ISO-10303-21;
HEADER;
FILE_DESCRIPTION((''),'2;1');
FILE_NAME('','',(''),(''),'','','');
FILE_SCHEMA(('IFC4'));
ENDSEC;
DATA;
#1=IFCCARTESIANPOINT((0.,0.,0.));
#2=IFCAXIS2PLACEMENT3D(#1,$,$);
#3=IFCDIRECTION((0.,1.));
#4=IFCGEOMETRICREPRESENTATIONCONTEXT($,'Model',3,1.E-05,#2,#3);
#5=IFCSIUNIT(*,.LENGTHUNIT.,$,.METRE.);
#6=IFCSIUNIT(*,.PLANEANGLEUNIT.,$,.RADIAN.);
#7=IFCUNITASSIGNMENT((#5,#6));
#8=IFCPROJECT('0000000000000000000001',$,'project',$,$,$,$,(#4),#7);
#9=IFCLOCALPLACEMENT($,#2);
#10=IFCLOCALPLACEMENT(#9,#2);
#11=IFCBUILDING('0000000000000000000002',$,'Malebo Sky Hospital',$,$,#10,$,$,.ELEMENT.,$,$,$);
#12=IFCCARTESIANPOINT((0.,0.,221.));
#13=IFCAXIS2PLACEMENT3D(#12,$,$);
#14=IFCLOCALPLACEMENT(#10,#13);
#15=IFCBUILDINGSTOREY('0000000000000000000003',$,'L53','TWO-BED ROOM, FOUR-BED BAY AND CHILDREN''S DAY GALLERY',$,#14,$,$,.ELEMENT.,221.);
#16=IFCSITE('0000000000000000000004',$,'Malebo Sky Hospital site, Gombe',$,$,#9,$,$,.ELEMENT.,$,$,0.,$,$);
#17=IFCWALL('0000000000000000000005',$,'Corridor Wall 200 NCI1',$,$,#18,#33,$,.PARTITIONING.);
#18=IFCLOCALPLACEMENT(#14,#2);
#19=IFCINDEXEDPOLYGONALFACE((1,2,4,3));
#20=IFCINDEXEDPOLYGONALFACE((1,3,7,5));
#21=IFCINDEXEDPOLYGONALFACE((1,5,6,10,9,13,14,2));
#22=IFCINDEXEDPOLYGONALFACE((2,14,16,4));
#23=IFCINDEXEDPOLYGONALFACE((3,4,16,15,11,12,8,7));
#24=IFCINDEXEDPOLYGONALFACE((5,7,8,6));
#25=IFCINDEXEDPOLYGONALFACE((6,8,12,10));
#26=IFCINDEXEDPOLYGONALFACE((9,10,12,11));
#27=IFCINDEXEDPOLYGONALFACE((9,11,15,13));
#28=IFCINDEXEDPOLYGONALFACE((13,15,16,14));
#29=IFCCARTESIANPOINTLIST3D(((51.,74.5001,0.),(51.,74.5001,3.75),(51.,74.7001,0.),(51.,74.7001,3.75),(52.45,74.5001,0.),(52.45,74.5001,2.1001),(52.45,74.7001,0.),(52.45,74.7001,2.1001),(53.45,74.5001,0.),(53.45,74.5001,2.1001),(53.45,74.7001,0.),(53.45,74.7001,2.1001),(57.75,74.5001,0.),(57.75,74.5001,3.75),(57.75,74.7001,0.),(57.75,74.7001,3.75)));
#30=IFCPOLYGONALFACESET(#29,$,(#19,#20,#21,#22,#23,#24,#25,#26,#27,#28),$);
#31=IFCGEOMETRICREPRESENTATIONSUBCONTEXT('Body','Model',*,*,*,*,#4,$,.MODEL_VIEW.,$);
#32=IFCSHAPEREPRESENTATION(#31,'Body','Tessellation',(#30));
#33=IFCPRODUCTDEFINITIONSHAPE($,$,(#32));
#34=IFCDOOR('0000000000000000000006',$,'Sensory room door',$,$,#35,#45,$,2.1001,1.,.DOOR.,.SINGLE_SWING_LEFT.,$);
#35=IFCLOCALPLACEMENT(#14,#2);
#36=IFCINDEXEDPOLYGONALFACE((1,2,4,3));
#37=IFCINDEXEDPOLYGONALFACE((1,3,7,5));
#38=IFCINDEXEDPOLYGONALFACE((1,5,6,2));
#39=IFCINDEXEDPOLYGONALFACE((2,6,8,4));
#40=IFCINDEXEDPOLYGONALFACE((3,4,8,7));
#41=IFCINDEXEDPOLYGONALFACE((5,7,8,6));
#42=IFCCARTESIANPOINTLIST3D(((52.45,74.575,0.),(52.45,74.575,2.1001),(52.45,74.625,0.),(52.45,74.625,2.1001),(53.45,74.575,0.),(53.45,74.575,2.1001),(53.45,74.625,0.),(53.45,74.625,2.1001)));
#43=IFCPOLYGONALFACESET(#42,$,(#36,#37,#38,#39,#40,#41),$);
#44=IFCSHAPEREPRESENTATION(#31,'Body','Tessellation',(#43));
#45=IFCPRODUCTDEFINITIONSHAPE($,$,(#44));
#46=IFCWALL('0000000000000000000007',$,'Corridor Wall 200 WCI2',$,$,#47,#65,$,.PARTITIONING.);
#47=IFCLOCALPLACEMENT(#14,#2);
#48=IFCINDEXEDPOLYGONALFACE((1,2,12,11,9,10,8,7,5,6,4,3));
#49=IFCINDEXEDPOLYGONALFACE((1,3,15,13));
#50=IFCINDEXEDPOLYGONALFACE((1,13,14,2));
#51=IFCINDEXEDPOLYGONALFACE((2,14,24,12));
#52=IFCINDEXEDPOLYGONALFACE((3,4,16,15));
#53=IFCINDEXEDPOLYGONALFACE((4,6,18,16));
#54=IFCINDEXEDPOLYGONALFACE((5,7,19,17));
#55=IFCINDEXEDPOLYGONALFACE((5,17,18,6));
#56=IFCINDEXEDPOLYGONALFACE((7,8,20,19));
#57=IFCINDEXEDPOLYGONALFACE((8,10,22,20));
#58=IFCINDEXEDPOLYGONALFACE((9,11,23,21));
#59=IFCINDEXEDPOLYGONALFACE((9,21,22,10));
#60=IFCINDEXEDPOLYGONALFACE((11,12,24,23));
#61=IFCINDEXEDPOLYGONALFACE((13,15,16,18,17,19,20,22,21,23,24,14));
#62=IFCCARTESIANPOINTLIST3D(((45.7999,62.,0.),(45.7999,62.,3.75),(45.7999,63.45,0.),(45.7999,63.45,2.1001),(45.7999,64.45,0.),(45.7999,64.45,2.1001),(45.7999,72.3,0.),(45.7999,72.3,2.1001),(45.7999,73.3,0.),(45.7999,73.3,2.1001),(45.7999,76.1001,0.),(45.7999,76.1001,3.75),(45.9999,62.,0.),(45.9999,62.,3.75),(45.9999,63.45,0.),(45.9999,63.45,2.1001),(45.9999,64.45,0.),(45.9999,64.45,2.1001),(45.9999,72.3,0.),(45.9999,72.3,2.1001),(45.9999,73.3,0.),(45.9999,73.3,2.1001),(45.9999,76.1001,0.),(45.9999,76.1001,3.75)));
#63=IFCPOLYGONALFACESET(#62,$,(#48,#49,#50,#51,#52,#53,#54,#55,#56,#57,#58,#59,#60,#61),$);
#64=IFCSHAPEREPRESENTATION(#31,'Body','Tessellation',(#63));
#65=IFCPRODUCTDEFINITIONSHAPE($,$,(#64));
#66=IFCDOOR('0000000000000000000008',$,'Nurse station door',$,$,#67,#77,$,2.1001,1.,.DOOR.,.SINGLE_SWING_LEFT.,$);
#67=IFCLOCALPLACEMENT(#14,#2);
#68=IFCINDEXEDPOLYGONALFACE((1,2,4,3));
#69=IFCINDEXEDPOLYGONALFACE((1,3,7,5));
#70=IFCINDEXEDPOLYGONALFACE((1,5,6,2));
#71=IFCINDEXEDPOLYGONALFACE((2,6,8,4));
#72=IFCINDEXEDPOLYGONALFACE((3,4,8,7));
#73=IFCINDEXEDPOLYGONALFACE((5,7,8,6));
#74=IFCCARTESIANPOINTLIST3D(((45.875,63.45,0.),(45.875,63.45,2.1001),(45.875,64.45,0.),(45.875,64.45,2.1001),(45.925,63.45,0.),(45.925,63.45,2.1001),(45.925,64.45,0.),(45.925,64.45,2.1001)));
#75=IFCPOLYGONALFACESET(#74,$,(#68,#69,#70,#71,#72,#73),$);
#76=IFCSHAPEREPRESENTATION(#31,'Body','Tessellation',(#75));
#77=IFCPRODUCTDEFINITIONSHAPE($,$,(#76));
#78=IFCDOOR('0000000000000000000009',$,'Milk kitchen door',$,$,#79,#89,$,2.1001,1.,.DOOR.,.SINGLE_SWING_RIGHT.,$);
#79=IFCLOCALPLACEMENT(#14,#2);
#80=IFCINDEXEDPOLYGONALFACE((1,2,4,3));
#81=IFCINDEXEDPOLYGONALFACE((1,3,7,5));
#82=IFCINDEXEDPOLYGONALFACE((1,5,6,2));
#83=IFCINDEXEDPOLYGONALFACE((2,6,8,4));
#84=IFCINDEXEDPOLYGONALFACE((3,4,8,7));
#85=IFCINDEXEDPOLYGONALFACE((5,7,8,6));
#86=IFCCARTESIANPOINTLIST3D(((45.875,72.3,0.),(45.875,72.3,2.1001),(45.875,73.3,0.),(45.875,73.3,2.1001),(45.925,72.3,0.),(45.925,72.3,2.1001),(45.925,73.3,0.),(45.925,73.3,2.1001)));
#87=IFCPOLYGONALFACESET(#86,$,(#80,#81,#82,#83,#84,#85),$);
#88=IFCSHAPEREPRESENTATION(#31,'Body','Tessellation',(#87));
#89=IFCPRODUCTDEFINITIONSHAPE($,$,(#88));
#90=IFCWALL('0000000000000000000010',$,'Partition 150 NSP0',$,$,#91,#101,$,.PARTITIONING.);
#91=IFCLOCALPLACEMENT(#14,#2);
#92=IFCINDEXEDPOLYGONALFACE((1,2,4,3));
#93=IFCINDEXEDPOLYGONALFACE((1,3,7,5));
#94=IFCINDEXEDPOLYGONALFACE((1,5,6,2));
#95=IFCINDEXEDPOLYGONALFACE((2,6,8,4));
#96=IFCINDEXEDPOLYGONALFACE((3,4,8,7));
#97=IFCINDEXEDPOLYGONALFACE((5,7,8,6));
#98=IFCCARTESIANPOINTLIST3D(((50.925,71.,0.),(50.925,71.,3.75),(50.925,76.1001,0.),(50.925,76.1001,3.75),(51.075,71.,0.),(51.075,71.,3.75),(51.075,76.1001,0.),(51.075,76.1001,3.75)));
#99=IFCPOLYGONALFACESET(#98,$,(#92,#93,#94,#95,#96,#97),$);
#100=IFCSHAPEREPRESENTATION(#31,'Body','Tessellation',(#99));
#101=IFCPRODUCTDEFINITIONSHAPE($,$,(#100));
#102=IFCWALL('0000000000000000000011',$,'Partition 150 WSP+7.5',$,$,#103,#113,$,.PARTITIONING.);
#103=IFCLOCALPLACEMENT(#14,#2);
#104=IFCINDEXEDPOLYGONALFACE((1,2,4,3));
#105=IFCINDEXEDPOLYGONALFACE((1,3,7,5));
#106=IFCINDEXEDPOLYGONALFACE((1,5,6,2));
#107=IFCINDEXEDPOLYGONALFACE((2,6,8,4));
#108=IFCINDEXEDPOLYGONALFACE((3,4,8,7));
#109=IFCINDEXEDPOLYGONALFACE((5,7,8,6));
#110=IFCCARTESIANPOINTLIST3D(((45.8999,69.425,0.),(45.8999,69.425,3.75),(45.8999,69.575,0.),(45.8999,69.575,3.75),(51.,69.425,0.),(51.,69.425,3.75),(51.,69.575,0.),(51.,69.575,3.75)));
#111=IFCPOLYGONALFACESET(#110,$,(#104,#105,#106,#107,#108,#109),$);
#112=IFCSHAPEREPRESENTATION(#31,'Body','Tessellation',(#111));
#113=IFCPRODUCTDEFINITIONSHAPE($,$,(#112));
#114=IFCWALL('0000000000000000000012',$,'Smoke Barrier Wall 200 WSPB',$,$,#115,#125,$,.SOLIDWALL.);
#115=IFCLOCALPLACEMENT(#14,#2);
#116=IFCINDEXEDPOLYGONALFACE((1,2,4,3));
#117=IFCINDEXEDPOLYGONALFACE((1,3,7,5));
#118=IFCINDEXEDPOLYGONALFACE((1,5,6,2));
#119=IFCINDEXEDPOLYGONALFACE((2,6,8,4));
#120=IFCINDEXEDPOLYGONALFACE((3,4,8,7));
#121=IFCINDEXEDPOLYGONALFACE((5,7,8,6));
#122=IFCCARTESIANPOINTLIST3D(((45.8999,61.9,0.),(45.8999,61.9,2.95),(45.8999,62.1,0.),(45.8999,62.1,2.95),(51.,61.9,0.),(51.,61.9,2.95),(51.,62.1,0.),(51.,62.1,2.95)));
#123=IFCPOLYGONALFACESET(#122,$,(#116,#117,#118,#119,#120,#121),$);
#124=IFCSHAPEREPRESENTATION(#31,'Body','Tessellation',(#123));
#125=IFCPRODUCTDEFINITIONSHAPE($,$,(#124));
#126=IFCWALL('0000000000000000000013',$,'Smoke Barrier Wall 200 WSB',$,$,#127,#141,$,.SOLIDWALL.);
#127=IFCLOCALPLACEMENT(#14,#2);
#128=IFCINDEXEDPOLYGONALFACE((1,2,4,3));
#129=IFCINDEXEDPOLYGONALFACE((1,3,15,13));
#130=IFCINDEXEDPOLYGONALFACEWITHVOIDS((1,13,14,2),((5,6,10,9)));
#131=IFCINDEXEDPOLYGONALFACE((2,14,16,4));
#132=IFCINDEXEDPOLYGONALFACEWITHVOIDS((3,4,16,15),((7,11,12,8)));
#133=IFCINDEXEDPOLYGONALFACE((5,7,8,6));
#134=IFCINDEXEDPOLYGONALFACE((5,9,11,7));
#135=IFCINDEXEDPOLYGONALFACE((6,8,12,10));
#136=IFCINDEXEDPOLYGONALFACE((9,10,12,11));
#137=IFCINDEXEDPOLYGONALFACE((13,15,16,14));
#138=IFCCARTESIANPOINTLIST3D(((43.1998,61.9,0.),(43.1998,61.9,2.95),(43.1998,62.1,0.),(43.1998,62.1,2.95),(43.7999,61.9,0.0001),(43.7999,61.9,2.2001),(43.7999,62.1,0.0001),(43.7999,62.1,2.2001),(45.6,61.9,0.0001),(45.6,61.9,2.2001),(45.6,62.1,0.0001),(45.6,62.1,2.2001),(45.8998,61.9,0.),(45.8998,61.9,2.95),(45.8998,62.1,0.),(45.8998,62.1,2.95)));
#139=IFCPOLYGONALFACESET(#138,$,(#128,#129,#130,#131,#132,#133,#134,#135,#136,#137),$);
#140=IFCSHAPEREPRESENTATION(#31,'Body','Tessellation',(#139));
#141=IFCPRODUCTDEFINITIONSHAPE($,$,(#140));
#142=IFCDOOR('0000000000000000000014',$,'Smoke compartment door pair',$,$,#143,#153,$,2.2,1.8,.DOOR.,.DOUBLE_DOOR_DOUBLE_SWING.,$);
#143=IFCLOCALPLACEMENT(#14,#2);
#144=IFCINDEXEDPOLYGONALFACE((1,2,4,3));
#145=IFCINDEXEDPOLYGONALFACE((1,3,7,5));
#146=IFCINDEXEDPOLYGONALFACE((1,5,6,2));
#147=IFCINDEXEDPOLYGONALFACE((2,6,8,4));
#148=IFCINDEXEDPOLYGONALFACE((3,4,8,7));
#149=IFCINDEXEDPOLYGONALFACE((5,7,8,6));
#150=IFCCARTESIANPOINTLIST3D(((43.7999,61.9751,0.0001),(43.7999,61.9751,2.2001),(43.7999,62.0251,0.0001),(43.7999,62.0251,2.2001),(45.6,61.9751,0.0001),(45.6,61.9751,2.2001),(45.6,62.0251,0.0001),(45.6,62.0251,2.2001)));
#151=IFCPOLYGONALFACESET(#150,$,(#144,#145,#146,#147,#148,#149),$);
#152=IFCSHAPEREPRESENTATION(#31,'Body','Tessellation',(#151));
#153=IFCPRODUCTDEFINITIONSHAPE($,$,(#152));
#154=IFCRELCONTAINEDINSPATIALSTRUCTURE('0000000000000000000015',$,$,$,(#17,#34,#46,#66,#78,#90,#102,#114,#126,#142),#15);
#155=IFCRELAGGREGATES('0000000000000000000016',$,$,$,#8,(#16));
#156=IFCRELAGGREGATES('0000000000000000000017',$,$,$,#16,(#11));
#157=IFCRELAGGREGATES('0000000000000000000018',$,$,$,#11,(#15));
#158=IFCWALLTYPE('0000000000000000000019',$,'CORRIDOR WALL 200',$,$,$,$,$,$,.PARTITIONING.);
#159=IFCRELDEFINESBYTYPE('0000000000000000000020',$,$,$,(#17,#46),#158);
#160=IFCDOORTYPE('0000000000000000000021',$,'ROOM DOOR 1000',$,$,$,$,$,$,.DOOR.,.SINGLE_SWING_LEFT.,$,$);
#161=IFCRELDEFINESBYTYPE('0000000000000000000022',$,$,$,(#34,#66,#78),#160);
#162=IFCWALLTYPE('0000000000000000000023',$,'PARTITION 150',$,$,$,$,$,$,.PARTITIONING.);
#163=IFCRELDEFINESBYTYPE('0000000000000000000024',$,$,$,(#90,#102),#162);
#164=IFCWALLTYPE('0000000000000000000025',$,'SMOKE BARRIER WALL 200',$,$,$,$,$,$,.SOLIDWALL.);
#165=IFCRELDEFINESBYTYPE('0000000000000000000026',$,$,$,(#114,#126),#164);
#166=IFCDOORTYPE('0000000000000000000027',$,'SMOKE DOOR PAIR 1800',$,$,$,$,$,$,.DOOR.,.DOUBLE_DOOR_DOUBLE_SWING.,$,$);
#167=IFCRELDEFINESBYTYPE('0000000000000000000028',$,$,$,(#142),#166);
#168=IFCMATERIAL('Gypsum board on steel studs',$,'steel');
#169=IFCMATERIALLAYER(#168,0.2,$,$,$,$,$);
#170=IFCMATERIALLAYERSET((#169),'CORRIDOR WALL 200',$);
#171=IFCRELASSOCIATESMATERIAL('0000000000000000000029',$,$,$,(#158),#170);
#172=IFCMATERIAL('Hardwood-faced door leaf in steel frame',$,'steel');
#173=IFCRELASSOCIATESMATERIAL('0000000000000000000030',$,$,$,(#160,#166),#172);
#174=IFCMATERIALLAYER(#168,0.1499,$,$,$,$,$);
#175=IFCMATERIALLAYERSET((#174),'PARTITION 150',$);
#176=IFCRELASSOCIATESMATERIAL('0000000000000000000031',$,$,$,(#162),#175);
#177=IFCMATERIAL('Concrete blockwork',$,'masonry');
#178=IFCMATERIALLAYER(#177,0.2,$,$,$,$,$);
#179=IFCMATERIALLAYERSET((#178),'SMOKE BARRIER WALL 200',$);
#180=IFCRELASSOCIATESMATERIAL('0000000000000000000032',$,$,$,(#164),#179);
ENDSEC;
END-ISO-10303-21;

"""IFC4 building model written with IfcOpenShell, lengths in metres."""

from ifc_helpers import new_model, si_unit, direction, frame, frame_2d, origin, place, context, subcontext, project, spatial, rectangle, extrude, material, layer, layer_set, type_object, element, fill, save


model = new_model("IFC4")

# Units and contexts
model_context = context("Model", 3, precision=1e-05, world=origin(), true_north=direction((0.0, 1.0)))
body_context = subcontext(model_context, "Body", "Model", "MODEL_VIEW")
ifc_project = project(units=[si_unit("LENGTHUNIT", "METRE"), si_unit("PLANEANGLEUNIT", "RADIAN")], contexts=[model_context])

# Site, building, storey
site_placement = place(None, origin())
site = spatial("IfcSite", under=ifc_project, at=site_placement, Name="Malebo Sky Hospital site, Gombe", CompositionType="ELEMENT", RefElevation=0.0)
building_placement = place(site_placement, origin())
building = spatial("IfcBuilding", under=site, at=building_placement, Name="Malebo Sky Hospital", CompositionType="ELEMENT")
storey_placement = place(building_placement, frame((0.0, 0.0, 221.0)))
storey = spatial("IfcBuildingStorey", under=building, at=storey_placement, Name="L53", Description="TWO-BED ROOM, FOUR-BED BAY AND CHILDREN'S DAY GALLERY", CompositionType="ELEMENT", Elevation=221.0)

# Wall, opening, door
ifc_material_1 = material(Name="Hardwood-faced door leaf in steel frame", Category="steel")
ifc_material_2 = material(Name="Gypsum board on steel studs", Category="steel")
ifc_layer_1 = layer(ifc_material_2, 0.2)
ifc_layer_set_1 = layer_set([ifc_layer_1], Name="CORRIDOR WALL 200")
wall_type_1 = type_object("IfcWallType", Name="CORRIDOR WALL 200", PredefinedType="PARTITIONING", material=ifc_layer_set_1)
wall_1_placement = place(storey_placement, frame((51.0, 74.6001, 0.0), z_axis=(0.0, 0.0, 1.0), x_axis=(1.0, 0.0, 0.0)))
wall_1 = element("IfcWall", 1, at=wall_1_placement, inside=storey, type_object=wall_type_1, Name="Corridor Wall 200 NCI1", PredefinedType="PARTITIONING", context=body_context, shape_type="SweptSolid", body=[
    extrude(rectangle(XDim=6.75, YDim=0.2, at=frame_2d((3.375, 0.0))), origin(), (0.0, 0.0, 1.0), 3.75),
])
opening_1_placement = place(wall_1_placement, frame((1.45, 0.0, 0.0)))
opening_1 = element("IfcOpeningElement", 2, at=opening_1_placement, cuts=wall_1, PredefinedType="OPENING", context=body_context, shape_type="SweptSolid", body=[
    extrude(rectangle(XDim=1.0, YDim=2.1001, at=frame_2d((0.5, 1.05))), frame((0.0, 0.1099, 0.0), z_axis=(0.0, -1.0, 0.0), x_axis=(1.0, 0.0, 0.0)), (0.0, 0.0, 1.0), 0.22),
])
door_type_1 = type_object("IfcDoorType", Name="ROOM DOOR 1000", OperationType="SINGLE_SWING_LEFT", PredefinedType="DOOR", material=ifc_material_1)
door_1_placement = place(opening_1_placement, origin())
door_1 = element("IfcDoor", 3, at=door_1_placement, inside=storey, type_object=door_type_1, Name="Sensory room door", OperationType="SINGLE_SWING_LEFT", OverallHeight=2.1001, OverallWidth=1.0, PredefinedType="DOOR", context=body_context, shape_type="SweptSolid", body=[
    extrude(rectangle(XDim=1.0, YDim=2.1001, at=frame_2d((0.5, 1.05))), frame((0.0, 0.0249, 0.0), z_axis=(0.0, -1.0, 0.0), x_axis=(1.0, 0.0, 0.0)), (0.0, 0.0, 1.0), 0.05),
])
fill(opening_1, door_1)

# Wall, openings, doors
wall_2_placement = place(storey_placement, frame((45.8999, 62.0, 0.0), z_axis=(0.0, 0.0, 1.0), x_axis=(0.0, 1.0, 0.0)))
wall_2 = element("IfcWall", 4, at=wall_2_placement, inside=storey, type_object=wall_type_1, Name="Corridor Wall 200 WCI2", PredefinedType="PARTITIONING", context=body_context, shape_type="SweptSolid", body=[
    extrude(rectangle(XDim=14.1001, YDim=0.2, at=frame_2d((7.05, 0.0))), origin(), (0.0, 0.0, 1.0), 3.75),
])
opening_2_placement = place(wall_2_placement, frame((1.45, 0.0, 0.0)))
opening_2 = element("IfcOpeningElement", 5, at=opening_2_placement, cuts=wall_2, PredefinedType="OPENING", context=body_context, shape_type="SweptSolid", body=[
    extrude(rectangle(XDim=1.0, YDim=2.1001, at=frame_2d((0.5, 1.05))), frame((0.0, 0.1099, 0.0), z_axis=(0.0, -1.0, 0.0), x_axis=(1.0, 0.0, 0.0)), (0.0, 0.0, 1.0), 0.22),
])
opening_3_placement = place(wall_2_placement, frame((10.3, 0.0, 0.0)))
opening_3 = element("IfcOpeningElement", 6, at=opening_3_placement, cuts=wall_2, PredefinedType="OPENING", context=body_context, shape_type="SweptSolid", body=[
    extrude(rectangle(XDim=1.0, YDim=2.1001, at=frame_2d((0.5, 1.05))), frame((0.0, 0.1099, 0.0), z_axis=(0.0, -1.0, 0.0), x_axis=(1.0, 0.0, 0.0)), (0.0, 0.0, 1.0), 0.22),
])
door_2_placement = place(opening_2_placement, origin())
door_2 = element("IfcDoor", 7, at=door_2_placement, inside=storey, type_object=door_type_1, Name="Nurse station door", OperationType="SINGLE_SWING_LEFT", OverallHeight=2.1001, OverallWidth=1.0, PredefinedType="DOOR", context=body_context, shape_type="SweptSolid", body=[
    extrude(rectangle(XDim=1.0, YDim=2.1001, at=frame_2d((0.5, 1.05))), frame((0.0, 0.0249, 0.0), z_axis=(0.0, -1.0, 0.0), x_axis=(1.0, 0.0, 0.0)), (0.0, 0.0, 1.0), 0.05),
])
fill(opening_2, door_2)
door_3_placement = place(opening_3_placement, origin())
door_3 = element("IfcDoor", 8, at=door_3_placement, inside=storey, type_object=door_type_1, Name="Milk kitchen door", OperationType="SINGLE_SWING_RIGHT", OverallHeight=2.1001, OverallWidth=1.0, PredefinedType="DOOR", context=body_context, shape_type="SweptSolid", body=[
    extrude(rectangle(XDim=1.0, YDim=2.1001, at=frame_2d((0.5, 1.05))), frame((0.0, 0.0249, 0.0), z_axis=(0.0, -1.0, 0.0), x_axis=(1.0, 0.0, 0.0)), (0.0, 0.0, 1.0), 0.05),
])
fill(opening_3, door_3)

# Walls
ifc_layer_2 = layer(ifc_material_2, 0.1499)
ifc_layer_set_2 = layer_set([ifc_layer_2], Name="PARTITION 150")
wall_type_2 = type_object("IfcWallType", Name="PARTITION 150", PredefinedType="PARTITIONING", material=ifc_layer_set_2)
for number, where, z_axis, x_axis, name in (
    (9, (51.0, 71.0, 0.0), (0.0, 0.0, 1.0), (0.0, 1.0, 0.0), "Partition 150 NSP0"),
    (10, (51.0, 69.5, 0.0), (0.0, 0.0, 1.0), (-1.0, 0.0, 0.0), "Partition 150 WSP+7.5"),
):
    element("IfcWall", number, at=place(storey_placement, frame(where, z_axis=z_axis, x_axis=x_axis)), inside=storey, type_object=wall_type_2, Name=name, PredefinedType="PARTITIONING", context=body_context, shape_type="SweptSolid", body=[
        extrude(rectangle(XDim=5.1001, YDim=0.1499, at=frame_2d((2.55, 0.0))), origin(), (0.0, 0.0, 1.0), 3.75),
    ])
ifc_material_3 = material(Name="Concrete blockwork", Category="masonry")
ifc_layer_3 = layer(ifc_material_3, 0.2)
ifc_layer_set_3 = layer_set([ifc_layer_3], Name="SMOKE BARRIER WALL 200")
wall_type_3 = type_object("IfcWallType", Name="SMOKE BARRIER WALL 200", PredefinedType="SOLIDWALL", material=ifc_layer_set_3)
wall_3_placement = place(storey_placement, frame((51.0, 62.0, 0.0), z_axis=(0.0, 0.0, 1.0), x_axis=(-1.0, 0.0, 0.0)))
element("IfcWall", 11, at=wall_3_placement, inside=storey, type_object=wall_type_3, Name="Smoke Barrier Wall 200 WSPB", PredefinedType="SOLIDWALL", context=body_context, shape_type="SweptSolid", body=[
    extrude(rectangle(XDim=5.1001, YDim=0.2, at=frame_2d((2.55, 0.0))), origin(), (0.0, 0.0, 1.0), 2.95),
])

# Wall, opening, door
wall_4_placement = place(storey_placement, frame((45.8999, 62.0, 0.0), z_axis=(0.0, 0.0, 1.0), x_axis=(-1.0, 0.0, 0.0)))
wall_4 = element("IfcWall", 12, at=wall_4_placement, inside=storey, type_object=wall_type_3, Name="Smoke Barrier Wall 200 WSB", PredefinedType="SOLIDWALL", context=body_context, shape_type="SweptSolid", body=[
    extrude(rectangle(XDim=2.7, YDim=0.2, at=frame_2d((1.3501, 0.0))), origin(), (0.0, 0.0, 1.0), 2.95),
])
opening_4_placement = place(wall_4_placement, frame((0.3, 0.0, 0.0)))
opening_4 = element("IfcOpeningElement", 13, at=opening_4_placement, cuts=wall_4, PredefinedType="OPENING", context=body_context, shape_type="SweptSolid", body=[
    extrude(rectangle(XDim=1.8, YDim=2.2, at=frame_2d((0.8999, 1.1001))), frame((0.0, 0.1099, 0.0), z_axis=(0.0, -1.0, 0.0), x_axis=(1.0, 0.0, 0.0)), (0.0, 0.0, 1.0), 0.22),
])
door_type_2 = type_object("IfcDoorType", Name="SMOKE DOOR PAIR 1800", OperationType="DOUBLE_DOOR_DOUBLE_SWING", PredefinedType="DOOR", material=ifc_material_1)
door_4_placement = place(opening_4_placement, origin())
door_4 = element("IfcDoor", 14, at=door_4_placement, inside=storey, type_object=door_type_2, Name="Smoke compartment door pair", OperationType="DOUBLE_DOOR_DOUBLE_SWING", OverallHeight=2.2, OverallWidth=1.8, PredefinedType="DOOR", context=body_context, shape_type="SweptSolid", body=[
    extrude(rectangle(XDim=1.8, YDim=2.2, at=frame_2d((0.8999, 1.1001))), frame((0.0, 0.0249, 0.0), z_axis=(0.0, -1.0, 0.0), x_axis=(1.0, 0.0, 0.0)), (0.0, 0.0, 1.0), 0.05),
])
fill(opening_4, door_4)

save(model, "model.ifc")
